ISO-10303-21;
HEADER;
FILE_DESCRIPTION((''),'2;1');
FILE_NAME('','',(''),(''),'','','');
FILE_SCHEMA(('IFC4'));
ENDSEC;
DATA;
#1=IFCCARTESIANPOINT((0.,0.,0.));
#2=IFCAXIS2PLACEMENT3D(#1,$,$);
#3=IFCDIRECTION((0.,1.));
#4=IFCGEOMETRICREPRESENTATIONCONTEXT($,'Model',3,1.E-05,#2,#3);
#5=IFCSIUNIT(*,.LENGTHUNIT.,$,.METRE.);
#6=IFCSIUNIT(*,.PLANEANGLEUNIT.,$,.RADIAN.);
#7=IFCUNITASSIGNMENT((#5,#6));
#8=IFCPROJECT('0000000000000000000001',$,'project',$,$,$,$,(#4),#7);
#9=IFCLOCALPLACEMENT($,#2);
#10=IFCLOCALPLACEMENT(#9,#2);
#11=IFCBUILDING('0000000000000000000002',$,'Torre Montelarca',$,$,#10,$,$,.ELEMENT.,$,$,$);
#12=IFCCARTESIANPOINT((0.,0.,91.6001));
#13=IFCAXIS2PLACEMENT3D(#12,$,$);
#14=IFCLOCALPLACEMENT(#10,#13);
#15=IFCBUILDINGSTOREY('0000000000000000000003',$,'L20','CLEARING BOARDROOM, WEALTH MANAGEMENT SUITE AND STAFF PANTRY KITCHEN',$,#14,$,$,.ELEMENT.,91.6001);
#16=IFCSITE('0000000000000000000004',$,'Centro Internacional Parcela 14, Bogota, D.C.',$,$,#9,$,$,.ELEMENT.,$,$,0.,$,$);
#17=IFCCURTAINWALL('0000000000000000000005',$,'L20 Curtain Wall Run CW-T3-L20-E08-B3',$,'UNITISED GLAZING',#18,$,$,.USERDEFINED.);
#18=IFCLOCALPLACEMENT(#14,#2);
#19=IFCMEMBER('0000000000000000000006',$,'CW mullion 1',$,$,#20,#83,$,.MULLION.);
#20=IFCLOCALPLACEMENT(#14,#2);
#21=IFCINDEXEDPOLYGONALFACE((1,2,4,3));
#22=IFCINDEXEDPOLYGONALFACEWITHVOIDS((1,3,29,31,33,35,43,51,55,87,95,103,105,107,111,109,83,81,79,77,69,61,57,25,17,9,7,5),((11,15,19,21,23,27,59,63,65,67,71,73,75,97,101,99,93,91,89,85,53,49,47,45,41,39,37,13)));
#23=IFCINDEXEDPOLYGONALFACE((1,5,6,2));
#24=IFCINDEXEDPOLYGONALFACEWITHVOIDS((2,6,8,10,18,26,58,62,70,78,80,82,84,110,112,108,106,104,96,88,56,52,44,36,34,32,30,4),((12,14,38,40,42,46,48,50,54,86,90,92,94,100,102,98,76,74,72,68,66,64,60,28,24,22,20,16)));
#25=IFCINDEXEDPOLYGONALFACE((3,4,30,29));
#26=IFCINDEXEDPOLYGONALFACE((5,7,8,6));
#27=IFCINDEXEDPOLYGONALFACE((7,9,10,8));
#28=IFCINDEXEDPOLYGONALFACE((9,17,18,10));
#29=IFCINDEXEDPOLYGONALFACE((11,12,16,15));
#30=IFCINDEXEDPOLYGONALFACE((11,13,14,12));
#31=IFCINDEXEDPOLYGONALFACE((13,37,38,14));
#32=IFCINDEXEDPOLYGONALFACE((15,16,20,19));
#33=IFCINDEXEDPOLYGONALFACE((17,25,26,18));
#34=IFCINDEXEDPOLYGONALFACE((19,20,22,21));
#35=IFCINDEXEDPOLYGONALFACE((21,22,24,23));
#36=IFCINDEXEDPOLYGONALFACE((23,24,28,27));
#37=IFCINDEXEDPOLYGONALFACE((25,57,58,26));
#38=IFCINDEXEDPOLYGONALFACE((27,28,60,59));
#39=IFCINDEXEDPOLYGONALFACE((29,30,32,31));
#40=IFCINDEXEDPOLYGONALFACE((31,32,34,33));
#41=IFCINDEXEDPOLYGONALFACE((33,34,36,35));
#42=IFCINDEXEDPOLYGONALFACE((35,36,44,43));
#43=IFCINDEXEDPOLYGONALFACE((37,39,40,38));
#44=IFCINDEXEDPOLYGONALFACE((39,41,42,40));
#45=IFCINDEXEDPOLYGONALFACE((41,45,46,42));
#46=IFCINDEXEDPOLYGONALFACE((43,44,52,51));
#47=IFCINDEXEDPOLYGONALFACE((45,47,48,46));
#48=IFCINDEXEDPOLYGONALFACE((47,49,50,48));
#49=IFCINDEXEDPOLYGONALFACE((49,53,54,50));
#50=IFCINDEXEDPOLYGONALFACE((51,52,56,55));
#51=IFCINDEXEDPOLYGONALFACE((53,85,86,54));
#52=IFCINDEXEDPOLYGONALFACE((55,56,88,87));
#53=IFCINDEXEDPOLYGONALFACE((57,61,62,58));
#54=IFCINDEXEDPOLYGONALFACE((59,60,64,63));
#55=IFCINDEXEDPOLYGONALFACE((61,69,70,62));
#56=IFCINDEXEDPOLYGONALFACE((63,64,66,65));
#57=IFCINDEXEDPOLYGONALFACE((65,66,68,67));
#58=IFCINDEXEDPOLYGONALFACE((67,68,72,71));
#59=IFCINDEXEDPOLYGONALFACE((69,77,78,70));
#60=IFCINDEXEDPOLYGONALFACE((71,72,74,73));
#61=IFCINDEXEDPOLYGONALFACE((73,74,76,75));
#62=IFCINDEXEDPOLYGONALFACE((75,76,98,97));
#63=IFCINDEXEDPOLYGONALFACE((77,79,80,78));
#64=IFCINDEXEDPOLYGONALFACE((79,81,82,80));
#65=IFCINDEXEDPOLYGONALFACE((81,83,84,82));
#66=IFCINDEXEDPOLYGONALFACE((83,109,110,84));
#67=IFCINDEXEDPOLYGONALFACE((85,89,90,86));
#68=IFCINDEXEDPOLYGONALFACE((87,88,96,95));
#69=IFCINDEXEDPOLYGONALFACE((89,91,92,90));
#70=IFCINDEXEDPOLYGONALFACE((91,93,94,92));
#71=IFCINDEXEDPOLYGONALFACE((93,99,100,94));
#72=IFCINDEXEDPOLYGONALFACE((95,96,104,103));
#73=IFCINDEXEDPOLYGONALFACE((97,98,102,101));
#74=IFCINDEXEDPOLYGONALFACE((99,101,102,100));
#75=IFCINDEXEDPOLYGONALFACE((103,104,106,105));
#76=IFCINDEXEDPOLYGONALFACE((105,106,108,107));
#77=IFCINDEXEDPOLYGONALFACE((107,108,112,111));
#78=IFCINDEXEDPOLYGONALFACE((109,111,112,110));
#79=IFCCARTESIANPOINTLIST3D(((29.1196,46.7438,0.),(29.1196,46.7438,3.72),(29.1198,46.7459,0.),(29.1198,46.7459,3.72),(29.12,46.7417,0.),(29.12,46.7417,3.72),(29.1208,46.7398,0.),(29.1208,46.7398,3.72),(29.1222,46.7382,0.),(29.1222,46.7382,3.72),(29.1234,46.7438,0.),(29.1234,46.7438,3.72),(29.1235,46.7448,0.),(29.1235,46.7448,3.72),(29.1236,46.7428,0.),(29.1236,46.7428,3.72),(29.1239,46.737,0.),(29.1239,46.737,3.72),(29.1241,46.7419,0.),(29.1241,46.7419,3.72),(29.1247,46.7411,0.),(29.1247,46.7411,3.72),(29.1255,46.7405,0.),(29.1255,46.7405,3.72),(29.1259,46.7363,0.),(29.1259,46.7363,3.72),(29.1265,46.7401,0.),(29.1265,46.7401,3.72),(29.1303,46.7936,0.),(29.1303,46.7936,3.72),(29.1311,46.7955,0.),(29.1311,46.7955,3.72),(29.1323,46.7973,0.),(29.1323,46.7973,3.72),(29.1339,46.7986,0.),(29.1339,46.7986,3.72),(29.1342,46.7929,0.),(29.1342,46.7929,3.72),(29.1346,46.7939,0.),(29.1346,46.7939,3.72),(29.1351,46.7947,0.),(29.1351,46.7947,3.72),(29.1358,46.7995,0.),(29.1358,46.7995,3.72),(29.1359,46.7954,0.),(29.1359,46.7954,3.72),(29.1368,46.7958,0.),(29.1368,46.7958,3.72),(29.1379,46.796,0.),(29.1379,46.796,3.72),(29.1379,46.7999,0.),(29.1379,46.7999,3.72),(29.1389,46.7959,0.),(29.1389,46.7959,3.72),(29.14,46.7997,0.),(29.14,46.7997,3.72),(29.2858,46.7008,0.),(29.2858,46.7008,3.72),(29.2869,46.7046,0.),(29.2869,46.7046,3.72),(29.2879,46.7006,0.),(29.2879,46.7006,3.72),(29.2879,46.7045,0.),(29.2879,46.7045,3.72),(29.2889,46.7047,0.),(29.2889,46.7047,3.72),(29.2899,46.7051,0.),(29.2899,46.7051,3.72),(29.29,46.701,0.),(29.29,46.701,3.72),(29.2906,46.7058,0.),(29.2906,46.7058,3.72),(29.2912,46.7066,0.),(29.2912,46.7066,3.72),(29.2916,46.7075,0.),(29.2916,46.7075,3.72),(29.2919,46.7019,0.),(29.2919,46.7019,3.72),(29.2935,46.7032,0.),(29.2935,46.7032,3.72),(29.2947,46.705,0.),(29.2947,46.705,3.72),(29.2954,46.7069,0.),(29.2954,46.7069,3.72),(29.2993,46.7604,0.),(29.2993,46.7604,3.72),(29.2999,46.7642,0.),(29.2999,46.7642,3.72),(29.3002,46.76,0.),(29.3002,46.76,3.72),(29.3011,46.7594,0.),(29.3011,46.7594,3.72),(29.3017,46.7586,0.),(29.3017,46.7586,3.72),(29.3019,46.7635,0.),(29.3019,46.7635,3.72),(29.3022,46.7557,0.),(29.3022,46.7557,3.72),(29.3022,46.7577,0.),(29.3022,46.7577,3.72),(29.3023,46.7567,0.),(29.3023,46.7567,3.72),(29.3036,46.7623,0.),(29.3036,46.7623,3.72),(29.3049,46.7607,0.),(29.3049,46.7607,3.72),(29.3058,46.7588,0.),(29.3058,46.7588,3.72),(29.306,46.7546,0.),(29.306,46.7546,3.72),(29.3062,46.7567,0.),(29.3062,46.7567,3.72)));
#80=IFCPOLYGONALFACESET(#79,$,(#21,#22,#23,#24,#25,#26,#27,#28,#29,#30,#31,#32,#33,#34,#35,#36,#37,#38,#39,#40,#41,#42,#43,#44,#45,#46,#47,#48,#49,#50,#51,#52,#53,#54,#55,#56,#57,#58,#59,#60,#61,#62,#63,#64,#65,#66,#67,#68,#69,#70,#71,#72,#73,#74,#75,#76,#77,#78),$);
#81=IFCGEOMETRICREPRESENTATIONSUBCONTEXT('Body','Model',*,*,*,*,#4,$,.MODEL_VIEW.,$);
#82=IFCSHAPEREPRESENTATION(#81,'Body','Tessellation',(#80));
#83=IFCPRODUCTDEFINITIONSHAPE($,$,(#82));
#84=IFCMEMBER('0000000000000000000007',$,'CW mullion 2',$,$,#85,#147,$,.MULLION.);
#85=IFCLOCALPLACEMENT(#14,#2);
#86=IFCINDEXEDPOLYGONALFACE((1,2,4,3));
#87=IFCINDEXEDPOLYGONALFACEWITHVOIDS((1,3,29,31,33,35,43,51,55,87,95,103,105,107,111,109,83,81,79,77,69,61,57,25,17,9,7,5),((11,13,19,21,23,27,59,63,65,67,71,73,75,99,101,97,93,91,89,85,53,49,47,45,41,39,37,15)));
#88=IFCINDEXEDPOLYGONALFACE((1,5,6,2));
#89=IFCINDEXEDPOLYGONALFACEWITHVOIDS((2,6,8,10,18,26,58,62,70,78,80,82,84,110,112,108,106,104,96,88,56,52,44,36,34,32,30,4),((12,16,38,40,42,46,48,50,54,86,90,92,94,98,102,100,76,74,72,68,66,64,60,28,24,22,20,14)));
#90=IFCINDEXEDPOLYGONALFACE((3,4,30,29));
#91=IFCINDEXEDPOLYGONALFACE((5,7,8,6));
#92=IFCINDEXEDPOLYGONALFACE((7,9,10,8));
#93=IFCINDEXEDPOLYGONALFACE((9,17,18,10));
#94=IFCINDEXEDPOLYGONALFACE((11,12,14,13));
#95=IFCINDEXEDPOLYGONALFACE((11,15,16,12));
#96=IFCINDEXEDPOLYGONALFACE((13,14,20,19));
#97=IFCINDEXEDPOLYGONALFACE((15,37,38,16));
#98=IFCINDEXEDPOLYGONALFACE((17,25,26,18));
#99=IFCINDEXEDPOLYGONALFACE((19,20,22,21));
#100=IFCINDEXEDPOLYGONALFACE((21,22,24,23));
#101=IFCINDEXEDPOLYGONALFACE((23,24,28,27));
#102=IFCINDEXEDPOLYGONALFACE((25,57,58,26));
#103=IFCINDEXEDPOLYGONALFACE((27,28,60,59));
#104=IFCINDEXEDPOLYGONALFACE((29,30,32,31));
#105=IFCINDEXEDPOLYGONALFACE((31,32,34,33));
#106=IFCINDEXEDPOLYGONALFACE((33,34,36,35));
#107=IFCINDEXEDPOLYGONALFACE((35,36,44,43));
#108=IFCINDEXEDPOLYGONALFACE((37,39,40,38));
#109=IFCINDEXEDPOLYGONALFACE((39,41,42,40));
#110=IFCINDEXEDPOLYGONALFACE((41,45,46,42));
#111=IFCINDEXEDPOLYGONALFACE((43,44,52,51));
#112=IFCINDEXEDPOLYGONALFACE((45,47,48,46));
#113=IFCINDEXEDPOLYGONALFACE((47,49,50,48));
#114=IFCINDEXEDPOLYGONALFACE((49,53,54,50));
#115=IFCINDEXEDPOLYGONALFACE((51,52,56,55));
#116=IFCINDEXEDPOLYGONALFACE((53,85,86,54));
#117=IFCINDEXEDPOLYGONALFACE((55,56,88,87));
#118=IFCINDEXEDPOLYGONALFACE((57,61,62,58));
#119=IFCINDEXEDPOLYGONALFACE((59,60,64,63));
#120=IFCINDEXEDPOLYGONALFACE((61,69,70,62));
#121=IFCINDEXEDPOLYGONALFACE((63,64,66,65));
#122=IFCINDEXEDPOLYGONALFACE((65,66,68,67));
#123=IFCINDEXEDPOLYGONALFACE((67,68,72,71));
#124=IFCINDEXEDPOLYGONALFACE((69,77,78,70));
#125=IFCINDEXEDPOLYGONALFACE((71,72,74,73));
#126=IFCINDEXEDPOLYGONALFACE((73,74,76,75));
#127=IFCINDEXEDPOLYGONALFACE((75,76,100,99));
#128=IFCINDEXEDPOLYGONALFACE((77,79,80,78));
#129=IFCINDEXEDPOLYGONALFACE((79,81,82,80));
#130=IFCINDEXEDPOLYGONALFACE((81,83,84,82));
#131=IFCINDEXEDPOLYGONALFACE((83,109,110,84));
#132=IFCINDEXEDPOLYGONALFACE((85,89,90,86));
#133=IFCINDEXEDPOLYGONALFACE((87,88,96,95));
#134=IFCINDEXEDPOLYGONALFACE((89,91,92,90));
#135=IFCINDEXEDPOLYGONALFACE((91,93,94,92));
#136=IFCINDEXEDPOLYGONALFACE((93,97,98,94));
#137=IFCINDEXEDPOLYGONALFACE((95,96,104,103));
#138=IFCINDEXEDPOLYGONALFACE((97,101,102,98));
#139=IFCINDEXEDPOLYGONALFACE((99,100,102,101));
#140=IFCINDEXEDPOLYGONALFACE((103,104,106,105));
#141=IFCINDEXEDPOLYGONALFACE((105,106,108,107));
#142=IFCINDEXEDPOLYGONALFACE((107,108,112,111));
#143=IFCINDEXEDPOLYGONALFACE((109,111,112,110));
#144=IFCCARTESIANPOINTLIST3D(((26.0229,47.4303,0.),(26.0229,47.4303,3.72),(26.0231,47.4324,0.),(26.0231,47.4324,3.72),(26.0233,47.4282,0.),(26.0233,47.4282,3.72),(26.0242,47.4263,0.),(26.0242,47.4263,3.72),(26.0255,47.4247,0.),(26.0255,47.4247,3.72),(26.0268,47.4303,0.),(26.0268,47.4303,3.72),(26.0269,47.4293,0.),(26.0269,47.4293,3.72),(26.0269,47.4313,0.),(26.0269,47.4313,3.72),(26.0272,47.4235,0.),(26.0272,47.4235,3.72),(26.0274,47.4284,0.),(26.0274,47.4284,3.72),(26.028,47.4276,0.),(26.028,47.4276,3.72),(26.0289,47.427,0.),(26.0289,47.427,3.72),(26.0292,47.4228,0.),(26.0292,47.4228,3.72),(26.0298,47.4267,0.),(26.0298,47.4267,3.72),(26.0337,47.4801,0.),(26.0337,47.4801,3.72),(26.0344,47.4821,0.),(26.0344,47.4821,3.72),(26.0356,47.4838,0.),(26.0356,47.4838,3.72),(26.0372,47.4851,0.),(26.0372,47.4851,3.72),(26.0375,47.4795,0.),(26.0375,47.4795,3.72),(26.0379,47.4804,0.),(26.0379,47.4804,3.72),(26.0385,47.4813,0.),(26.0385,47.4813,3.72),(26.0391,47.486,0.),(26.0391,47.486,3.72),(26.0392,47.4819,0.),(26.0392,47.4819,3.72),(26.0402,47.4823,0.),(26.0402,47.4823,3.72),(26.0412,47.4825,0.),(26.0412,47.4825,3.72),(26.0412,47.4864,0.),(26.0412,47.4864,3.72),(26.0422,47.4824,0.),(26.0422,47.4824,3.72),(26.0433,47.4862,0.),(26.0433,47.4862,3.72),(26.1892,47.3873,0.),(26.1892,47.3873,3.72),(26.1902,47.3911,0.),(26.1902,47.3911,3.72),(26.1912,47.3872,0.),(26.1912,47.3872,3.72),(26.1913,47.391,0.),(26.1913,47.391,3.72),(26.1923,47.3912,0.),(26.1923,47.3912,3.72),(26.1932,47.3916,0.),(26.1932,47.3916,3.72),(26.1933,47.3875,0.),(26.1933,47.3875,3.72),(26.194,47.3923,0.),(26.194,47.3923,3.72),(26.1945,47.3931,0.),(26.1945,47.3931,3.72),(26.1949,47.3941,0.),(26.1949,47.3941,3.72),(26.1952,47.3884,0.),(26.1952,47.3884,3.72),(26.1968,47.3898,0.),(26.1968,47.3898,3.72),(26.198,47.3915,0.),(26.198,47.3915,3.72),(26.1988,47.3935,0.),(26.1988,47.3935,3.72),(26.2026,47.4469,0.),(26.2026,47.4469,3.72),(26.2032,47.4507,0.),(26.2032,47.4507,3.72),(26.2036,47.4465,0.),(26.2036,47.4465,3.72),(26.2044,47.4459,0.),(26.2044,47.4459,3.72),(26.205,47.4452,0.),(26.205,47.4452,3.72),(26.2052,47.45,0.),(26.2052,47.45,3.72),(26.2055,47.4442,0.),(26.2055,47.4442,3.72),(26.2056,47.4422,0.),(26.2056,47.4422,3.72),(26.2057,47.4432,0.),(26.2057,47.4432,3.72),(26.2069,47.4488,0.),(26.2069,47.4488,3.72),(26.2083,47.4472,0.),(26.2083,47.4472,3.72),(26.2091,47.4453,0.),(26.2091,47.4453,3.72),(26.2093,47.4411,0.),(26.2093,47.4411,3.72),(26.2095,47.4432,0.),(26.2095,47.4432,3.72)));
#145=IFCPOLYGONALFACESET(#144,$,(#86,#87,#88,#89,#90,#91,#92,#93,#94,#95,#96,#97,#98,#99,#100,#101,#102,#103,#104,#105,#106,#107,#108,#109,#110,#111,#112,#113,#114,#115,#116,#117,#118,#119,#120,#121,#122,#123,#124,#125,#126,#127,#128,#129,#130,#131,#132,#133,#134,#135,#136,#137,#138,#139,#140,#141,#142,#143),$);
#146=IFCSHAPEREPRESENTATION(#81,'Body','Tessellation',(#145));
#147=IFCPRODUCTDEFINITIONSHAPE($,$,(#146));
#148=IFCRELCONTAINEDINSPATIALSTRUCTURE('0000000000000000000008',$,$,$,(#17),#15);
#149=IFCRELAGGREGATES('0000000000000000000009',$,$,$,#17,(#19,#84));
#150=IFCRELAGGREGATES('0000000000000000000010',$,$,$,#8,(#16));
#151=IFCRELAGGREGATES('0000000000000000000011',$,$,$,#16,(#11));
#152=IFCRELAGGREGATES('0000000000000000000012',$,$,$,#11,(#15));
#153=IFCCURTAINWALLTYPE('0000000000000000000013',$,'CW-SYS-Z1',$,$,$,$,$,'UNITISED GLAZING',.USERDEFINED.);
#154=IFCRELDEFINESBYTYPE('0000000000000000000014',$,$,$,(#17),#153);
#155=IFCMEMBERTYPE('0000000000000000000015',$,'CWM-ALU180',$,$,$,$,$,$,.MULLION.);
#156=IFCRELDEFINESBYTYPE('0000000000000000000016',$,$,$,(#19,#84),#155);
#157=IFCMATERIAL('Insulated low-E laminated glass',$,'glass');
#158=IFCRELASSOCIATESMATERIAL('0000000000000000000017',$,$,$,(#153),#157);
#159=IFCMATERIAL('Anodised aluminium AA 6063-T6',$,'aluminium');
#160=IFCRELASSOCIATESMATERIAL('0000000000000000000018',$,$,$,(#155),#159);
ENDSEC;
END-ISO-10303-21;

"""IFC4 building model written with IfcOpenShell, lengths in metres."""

from ifc_helpers import new_model, si_unit, direction, frame, origin, origin_2d, place, context, subcontext, project, spatial, hollow_rectangle, extrude, source, transform, mapped, material, material_profile, profile_set, type_object, element, aggregate, save


model = new_model("IFC4")

# Units and contexts
model_context = context("Model", 3, precision=1e-05, world=origin(), true_north=direction((0.0, 1.0)))
body_context = subcontext(model_context, "Body", "Model", "MODEL_VIEW")
ifc_project = project(units=[si_unit("LENGTHUNIT", "METRE"), si_unit("PLANEANGLEUNIT", "RADIAN")], contexts=[model_context])

# Site, building, storey
site_placement = place(None, origin())
site = spatial("IfcSite", under=ifc_project, at=site_placement, Name="Centro Internacional Parcela 14, Bogota, D.C.", CompositionType="ELEMENT", RefElevation=0.0)
building_placement = place(site_placement, origin())
building = spatial("IfcBuilding", under=site, at=building_placement, Name="Torre Montelarca", CompositionType="ELEMENT")
storey_placement = place(building_placement, frame((0.0, 0.0, 91.6001)))
storey = spatial("IfcBuildingStorey", under=building, at=storey_placement, Name="L20", Description="CLEARING BOARDROOM, WEALTH MANAGEMENT SUITE AND STAFF PANTRY KITCHEN", CompositionType="ELEMENT", Elevation=91.6001)

# Curtain wall
ifc_material_1 = material(Name="Insulated low-E laminated glass", Category="glass")
curtain_wall_type = type_object("IfcCurtainWallType", Name="CW-SYS-Z1", ElementType="UNITISED GLAZING", PredefinedType="USERDEFINED", material=ifc_material_1)
ifc_material_2 = material(Name="Anodised aluminium AA 6063-T6", Category="aluminium")
curtain_wall_1_placement = place(storey_placement, origin())
curtain_wall_1 = element("IfcCurtainWall", 1, at=curtain_wall_1_placement, inside=storey, type_object=curtain_wall_type, Name="L20 Curtain Wall Run CW-T3-L20-E08-B3", ObjectType="UNITISED GLAZING", PredefinedType="USERDEFINED")

# Members
ifc_material_profile_1 = material_profile(ifc_material_2, hollow_rectangle(XDim=0.0649, YDim=0.1799, WallThickness=0.0039, InnerFilletRadius=0.0039, OuterFilletRadius=0.0081, at=origin_2d()), Name="ALU65X180X4", Category="aluminium")
ifc_profile_set_1 = profile_set([ifc_material_profile_1], Name="Anodised aluminium AA 6063-T6")
member_type_1 = type_object("IfcMemberType", Name="CWM-ALU180", PredefinedType="MULLION", material=ifc_profile_set_1)
shared_shape_1 = source(origin(), body_context, "Body", "SweptSolid", [
    extrude(hollow_rectangle(XDim=0.0649, YDim=0.1799, WallThickness=0.0039, InnerFilletRadius=0.0039, OuterFilletRadius=0.0081, at=origin_2d()), origin(), (0.0, 0.0, 1.0), 3.72),
])
member_1_placement = place(storey_placement, frame((29.2129, 46.7502, 0.0), z_axis=(0.0, 0.0, 1.0), x_axis=(-0.21644, -0.976296, 0.0)))
member_1 = element("IfcMember", 2, at=member_1_placement, type_object=member_type_1, Name="CW mullion 1", PredefinedType="MULLION", context=body_context, shape_type="MappedRepresentation", body=[
    mapped(shared_shape_1, transform((0.0, 0.0, 0.0), scale=1.0)),
])
member_2_placement = place(storey_placement, frame((26.1162, 47.4368, 0.0), z_axis=(0.0, 0.0, 1.0), x_axis=(-0.21644, -0.976296, 0.0)))
member_2 = element("IfcMember", 3, at=member_2_placement, type_object=member_type_1, Name="CW mullion 2", PredefinedType="MULLION", context=body_context, shape_type="MappedRepresentation", body=[
    mapped(shared_shape_1, transform((0.0, 0.0, 0.0), scale=1.0)),
])

aggregate(curtain_wall_1, [member_1, member_2])

save(model, "model.ifc")
